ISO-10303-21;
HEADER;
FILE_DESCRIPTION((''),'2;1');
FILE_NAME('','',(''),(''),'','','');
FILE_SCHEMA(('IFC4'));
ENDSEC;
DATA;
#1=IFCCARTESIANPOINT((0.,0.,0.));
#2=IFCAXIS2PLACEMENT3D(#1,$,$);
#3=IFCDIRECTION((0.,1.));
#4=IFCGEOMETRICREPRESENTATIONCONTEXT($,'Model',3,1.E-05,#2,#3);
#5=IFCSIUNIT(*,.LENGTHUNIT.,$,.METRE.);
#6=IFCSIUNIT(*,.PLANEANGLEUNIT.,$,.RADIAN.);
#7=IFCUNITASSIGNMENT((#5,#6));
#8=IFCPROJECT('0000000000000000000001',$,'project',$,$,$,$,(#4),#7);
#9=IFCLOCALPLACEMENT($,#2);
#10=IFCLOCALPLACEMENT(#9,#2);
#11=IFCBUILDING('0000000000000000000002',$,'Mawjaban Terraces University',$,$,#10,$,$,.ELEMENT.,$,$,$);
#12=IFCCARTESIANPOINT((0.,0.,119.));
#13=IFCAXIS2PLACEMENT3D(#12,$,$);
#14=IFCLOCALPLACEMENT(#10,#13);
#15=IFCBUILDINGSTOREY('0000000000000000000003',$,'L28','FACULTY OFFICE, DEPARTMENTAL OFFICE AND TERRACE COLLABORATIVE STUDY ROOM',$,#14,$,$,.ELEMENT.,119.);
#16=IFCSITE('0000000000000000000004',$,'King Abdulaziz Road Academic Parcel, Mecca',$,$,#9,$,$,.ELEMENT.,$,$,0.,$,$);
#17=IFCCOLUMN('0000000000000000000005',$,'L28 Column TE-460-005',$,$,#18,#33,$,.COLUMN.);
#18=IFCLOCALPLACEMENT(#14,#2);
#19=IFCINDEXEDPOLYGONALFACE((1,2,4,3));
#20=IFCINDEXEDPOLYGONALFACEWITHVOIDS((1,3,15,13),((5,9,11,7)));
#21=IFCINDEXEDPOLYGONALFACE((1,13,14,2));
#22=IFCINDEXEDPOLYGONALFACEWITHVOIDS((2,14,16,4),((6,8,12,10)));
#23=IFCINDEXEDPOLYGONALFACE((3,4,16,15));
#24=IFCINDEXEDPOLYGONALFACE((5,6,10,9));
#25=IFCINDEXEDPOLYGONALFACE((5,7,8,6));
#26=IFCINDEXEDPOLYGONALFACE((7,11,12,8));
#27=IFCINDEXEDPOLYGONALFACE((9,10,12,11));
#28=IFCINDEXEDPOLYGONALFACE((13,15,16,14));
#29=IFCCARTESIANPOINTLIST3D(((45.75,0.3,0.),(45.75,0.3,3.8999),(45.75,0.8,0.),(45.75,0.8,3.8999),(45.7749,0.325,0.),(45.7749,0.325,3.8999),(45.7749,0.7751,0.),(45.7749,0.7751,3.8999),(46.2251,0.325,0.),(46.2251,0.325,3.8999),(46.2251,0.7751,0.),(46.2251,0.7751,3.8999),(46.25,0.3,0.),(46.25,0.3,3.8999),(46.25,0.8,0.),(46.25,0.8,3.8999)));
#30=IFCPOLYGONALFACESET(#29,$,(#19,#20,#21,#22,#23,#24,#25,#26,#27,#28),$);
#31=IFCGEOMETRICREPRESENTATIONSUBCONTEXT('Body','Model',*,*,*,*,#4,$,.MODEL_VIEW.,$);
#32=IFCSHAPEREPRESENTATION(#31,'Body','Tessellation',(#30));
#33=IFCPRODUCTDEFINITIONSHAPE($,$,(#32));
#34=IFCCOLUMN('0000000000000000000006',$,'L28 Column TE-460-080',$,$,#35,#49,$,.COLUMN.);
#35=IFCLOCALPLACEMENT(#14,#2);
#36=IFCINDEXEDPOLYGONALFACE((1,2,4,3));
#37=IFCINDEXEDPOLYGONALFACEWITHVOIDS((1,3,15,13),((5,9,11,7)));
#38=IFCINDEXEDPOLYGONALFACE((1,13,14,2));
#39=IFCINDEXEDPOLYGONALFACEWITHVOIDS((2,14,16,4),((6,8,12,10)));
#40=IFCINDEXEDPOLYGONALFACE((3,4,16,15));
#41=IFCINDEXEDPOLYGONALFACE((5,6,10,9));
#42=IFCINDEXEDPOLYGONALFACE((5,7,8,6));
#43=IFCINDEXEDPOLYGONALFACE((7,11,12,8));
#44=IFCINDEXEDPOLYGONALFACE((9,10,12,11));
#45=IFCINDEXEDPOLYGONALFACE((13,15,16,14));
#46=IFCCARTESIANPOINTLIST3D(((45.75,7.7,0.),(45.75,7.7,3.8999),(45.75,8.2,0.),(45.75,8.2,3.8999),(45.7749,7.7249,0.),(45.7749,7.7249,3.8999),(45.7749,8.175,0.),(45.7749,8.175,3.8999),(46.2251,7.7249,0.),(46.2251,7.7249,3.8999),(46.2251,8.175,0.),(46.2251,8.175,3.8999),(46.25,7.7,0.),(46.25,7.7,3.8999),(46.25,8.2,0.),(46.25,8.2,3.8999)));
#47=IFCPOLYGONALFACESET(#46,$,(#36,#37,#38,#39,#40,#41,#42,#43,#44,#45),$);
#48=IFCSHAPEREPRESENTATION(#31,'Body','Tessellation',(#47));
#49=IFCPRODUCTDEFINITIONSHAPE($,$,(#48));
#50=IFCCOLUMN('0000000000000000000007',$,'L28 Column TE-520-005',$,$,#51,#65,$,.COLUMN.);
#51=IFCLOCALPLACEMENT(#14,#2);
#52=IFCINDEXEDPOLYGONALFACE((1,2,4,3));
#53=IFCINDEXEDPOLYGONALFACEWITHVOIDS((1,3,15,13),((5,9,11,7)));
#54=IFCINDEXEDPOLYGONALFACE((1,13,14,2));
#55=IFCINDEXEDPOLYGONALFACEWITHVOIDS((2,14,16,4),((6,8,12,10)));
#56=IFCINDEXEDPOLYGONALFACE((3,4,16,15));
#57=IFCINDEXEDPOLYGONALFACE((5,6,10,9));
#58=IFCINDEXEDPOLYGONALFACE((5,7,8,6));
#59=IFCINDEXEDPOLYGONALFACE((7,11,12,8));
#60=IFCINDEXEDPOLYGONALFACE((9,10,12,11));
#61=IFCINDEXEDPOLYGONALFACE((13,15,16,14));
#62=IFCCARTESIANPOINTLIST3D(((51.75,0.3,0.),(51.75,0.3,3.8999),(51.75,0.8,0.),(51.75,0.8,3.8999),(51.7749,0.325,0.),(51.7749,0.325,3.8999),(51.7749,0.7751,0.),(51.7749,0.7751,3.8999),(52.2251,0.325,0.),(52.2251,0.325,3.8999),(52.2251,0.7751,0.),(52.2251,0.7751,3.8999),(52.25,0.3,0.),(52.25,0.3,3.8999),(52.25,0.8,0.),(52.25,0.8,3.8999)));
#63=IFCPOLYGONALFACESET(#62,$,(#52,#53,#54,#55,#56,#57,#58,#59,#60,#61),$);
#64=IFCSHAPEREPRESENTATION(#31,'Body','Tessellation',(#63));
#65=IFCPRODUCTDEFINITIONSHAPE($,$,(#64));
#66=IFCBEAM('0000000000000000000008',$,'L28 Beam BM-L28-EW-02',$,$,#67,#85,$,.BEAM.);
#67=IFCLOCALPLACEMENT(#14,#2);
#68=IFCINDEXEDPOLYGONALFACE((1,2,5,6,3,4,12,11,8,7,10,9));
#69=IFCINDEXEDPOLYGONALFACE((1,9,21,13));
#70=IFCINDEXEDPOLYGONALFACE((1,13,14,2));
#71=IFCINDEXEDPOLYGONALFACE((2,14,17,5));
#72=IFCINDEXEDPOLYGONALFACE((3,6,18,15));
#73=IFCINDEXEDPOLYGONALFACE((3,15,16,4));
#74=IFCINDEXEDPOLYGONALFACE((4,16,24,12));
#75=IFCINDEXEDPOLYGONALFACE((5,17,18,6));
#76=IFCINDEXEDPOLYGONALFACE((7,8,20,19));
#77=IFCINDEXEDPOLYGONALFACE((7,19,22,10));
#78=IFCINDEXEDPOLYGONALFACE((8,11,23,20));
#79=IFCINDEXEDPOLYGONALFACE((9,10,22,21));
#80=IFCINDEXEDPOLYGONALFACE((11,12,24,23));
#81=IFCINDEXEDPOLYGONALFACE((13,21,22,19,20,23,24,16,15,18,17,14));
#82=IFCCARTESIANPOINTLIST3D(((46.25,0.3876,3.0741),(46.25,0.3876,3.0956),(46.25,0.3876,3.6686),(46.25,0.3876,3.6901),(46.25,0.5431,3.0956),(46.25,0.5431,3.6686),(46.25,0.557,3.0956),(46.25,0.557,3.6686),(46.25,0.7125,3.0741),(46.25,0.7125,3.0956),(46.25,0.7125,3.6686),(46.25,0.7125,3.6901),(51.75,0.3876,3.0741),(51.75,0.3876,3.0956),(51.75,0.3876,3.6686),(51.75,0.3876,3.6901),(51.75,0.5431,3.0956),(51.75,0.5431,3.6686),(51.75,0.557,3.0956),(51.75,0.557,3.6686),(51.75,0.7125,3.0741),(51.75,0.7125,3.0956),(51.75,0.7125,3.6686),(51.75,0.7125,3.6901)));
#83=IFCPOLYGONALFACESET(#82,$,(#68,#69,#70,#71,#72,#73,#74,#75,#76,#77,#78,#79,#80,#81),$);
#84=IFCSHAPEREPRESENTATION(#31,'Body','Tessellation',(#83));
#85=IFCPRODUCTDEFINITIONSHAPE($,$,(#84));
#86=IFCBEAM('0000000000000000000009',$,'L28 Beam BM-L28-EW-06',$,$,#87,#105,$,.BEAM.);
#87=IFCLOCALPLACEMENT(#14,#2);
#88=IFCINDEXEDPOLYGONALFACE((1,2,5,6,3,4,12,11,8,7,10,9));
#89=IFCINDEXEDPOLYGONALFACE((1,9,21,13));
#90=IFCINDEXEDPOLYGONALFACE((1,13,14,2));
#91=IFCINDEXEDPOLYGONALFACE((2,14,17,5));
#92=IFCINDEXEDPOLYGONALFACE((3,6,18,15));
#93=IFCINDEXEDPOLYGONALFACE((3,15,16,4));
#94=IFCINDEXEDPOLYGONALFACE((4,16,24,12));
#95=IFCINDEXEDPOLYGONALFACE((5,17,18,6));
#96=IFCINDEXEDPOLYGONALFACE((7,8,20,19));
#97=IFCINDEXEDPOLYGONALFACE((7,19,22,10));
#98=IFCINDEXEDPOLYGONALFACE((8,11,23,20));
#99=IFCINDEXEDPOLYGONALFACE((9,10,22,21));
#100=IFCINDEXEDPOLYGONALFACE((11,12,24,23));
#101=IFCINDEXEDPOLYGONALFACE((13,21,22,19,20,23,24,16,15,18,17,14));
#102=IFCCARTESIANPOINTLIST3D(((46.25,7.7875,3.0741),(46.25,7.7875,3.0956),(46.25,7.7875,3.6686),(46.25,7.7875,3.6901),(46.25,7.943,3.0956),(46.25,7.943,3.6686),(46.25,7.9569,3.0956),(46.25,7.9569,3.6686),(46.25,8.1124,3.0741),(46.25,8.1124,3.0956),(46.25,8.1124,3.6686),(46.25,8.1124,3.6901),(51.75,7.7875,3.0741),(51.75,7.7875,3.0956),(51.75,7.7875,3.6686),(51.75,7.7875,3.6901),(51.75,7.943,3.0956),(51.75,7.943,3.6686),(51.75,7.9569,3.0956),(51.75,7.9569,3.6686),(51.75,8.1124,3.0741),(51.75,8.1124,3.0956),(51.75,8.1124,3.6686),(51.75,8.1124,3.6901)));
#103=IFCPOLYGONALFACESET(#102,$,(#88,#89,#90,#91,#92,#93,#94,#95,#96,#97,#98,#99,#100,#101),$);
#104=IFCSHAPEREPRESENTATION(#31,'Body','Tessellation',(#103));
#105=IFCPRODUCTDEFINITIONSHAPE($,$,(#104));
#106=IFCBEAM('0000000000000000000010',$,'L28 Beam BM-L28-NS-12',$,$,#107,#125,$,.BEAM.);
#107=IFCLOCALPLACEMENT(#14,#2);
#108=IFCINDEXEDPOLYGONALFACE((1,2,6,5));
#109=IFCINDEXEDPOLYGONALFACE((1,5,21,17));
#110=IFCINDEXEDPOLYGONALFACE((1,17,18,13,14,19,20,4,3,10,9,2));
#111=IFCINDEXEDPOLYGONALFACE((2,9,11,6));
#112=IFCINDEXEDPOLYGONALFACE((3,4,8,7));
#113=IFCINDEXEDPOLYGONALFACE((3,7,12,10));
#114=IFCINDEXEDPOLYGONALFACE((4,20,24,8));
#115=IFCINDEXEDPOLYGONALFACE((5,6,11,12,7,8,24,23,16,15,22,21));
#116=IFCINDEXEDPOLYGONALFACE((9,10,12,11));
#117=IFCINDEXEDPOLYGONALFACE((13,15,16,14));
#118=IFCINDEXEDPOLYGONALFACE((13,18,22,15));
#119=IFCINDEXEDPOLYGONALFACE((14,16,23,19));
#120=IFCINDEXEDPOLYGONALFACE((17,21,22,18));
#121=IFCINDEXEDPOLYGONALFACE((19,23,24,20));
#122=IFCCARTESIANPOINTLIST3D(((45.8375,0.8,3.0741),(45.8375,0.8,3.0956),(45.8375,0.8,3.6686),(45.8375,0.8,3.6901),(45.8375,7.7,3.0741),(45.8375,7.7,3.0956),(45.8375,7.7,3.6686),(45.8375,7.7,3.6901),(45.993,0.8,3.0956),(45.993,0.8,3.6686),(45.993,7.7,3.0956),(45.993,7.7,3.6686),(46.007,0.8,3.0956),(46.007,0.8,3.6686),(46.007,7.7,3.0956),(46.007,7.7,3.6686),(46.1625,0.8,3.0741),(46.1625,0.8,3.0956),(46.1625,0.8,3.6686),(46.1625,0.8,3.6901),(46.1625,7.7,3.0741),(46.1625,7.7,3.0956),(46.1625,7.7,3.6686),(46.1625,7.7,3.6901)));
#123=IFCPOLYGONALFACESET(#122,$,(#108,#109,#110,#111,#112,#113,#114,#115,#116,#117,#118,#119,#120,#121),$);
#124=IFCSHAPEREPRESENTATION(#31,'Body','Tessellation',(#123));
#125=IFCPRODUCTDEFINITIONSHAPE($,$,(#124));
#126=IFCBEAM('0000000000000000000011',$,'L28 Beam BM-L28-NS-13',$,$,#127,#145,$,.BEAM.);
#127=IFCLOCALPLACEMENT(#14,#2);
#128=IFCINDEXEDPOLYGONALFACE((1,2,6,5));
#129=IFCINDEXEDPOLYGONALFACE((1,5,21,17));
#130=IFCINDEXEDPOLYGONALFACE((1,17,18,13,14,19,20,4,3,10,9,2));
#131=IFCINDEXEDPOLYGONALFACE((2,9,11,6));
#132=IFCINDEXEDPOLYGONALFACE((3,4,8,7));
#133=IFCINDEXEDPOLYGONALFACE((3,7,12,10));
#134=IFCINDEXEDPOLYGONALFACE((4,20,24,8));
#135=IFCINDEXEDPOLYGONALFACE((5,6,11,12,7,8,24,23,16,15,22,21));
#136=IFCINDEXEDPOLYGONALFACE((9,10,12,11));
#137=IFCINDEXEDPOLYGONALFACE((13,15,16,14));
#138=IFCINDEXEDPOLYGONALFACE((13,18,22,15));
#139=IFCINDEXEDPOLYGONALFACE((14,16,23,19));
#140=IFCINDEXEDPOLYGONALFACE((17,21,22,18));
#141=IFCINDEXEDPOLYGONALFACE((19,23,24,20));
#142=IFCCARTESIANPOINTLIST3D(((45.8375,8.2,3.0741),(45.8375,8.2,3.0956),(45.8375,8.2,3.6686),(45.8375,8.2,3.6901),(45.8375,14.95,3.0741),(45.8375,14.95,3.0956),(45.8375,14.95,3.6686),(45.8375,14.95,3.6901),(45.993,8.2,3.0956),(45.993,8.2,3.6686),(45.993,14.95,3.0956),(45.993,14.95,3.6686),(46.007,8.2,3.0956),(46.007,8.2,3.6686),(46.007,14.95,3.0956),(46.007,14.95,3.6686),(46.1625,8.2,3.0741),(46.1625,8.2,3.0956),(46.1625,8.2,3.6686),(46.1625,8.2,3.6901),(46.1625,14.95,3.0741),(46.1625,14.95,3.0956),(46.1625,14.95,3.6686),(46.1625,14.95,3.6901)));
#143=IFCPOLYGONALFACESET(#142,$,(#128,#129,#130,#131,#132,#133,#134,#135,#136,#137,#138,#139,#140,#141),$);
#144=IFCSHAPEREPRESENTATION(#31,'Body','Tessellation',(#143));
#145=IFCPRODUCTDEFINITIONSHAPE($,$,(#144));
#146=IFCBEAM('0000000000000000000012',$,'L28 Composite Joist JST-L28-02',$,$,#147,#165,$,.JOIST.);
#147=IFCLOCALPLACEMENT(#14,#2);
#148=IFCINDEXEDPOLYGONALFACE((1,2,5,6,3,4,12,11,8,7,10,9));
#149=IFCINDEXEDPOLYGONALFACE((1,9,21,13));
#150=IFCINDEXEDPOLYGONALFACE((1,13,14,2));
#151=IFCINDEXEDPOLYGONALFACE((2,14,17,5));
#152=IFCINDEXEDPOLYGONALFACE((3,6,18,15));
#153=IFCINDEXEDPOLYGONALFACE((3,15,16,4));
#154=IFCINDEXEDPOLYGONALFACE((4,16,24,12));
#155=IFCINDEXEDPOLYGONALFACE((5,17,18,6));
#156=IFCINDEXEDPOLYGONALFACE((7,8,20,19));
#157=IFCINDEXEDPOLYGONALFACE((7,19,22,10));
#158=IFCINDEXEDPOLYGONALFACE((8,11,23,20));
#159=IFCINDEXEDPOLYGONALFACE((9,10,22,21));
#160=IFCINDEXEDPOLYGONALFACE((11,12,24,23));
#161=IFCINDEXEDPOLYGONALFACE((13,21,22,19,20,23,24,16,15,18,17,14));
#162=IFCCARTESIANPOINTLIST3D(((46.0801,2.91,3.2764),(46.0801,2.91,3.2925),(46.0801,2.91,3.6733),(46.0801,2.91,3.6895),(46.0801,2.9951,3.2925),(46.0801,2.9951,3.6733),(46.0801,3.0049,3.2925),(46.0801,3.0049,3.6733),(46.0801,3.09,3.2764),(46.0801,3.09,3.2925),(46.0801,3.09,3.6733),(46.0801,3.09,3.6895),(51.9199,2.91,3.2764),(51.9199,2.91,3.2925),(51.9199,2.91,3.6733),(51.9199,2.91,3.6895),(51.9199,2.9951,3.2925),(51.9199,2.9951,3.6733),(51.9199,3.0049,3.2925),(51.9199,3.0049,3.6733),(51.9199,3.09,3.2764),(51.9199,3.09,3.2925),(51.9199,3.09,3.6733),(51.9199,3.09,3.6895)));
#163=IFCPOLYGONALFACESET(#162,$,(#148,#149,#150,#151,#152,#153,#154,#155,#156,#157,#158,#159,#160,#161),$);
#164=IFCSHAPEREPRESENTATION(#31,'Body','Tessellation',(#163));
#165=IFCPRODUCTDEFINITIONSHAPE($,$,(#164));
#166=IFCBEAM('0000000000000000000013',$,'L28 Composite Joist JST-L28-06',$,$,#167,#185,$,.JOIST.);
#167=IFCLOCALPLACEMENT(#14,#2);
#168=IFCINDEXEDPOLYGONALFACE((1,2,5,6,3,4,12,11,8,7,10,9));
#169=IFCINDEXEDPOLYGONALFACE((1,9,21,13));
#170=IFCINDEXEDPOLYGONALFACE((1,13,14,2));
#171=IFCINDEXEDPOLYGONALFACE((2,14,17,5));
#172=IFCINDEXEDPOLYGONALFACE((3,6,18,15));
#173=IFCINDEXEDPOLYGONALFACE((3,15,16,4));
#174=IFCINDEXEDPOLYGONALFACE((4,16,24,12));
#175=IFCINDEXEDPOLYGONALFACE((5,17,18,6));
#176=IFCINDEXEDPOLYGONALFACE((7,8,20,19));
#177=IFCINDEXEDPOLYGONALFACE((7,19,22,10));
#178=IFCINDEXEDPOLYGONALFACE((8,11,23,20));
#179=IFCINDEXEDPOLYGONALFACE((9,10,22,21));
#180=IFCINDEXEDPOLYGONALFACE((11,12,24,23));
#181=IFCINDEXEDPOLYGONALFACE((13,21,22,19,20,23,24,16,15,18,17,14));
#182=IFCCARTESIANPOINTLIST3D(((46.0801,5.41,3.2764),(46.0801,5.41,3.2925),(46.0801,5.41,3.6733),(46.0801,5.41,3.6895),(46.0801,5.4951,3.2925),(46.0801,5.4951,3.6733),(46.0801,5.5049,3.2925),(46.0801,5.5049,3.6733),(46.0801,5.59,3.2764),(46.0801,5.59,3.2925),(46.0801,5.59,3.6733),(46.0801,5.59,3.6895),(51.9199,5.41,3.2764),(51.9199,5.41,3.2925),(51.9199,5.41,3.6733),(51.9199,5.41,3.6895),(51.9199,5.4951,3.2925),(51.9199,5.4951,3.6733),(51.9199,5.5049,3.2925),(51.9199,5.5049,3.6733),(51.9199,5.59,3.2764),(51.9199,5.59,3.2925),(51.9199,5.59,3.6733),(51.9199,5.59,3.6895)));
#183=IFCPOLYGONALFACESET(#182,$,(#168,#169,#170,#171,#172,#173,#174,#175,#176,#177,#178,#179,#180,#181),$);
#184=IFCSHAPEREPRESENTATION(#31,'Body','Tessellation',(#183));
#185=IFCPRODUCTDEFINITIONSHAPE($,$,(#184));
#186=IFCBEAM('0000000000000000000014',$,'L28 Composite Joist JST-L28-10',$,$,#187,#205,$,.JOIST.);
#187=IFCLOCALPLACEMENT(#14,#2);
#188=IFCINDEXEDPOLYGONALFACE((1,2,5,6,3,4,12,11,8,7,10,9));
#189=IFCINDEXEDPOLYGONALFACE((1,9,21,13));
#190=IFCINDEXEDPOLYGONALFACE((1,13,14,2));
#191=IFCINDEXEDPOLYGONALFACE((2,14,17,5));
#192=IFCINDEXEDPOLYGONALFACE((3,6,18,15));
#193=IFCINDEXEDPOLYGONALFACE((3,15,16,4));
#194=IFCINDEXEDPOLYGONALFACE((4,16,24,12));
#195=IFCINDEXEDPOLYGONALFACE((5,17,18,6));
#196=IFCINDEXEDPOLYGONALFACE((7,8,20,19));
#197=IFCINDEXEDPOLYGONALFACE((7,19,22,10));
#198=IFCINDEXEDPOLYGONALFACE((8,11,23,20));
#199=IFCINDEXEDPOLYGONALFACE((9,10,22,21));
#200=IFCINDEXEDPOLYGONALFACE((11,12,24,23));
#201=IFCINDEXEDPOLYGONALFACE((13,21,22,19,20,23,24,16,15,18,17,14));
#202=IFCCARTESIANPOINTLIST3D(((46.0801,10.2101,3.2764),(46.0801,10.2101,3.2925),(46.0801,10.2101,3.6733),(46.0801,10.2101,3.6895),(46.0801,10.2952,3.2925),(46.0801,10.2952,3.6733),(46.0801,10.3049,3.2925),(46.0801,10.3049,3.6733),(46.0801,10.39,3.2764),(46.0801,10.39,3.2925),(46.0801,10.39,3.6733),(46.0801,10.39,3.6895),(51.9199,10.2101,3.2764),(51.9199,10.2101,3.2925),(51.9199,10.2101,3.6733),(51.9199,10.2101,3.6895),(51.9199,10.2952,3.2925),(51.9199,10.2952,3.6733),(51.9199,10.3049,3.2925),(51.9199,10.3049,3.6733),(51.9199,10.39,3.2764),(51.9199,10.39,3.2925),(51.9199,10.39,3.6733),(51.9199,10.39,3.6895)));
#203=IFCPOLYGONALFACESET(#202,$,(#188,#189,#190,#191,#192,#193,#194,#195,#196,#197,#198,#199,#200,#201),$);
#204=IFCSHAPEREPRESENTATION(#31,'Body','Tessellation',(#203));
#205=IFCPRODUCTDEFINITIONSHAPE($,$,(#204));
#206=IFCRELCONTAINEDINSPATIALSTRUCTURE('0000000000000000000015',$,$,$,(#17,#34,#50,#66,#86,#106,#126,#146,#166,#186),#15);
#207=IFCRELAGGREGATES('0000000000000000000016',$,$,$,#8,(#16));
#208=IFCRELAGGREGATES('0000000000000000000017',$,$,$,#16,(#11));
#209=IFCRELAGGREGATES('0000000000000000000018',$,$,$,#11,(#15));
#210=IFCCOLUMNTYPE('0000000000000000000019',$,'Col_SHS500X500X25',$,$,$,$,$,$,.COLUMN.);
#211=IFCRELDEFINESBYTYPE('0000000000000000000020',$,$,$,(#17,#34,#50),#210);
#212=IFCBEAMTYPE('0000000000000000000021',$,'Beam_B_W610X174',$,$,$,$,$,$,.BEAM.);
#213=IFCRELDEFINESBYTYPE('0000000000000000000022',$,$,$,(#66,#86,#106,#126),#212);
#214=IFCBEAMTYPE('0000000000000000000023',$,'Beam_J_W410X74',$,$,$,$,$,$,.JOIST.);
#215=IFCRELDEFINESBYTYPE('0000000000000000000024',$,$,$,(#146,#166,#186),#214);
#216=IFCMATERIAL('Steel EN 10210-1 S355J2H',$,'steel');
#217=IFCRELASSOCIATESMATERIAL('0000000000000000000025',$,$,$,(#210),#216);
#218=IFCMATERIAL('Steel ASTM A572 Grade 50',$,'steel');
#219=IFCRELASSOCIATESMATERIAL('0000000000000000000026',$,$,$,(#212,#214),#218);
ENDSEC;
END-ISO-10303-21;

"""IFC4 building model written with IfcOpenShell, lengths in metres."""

from ifc_helpers import new_model, si_unit, direction, frame, origin, origin_2d, place, context, subcontext, project, spatial, hollow_rectangle, i_section, extrude, material, material_profile, profile_set, type_object, element, save


model = new_model("IFC4")

# Units and contexts
model_context = context("Model", 3, precision=1e-05, world=origin(), true_north=direction((0.0, 1.0)))
body_context = subcontext(model_context, "Body", "Model", "MODEL_VIEW")
ifc_project = project(units=[si_unit("LENGTHUNIT", "METRE"), si_unit("PLANEANGLEUNIT", "RADIAN")], contexts=[model_context])

# Site, building, storey
site_placement = place(None, origin())
site = spatial("IfcSite", under=ifc_project, at=site_placement, Name="King Abdulaziz Road Academic Parcel, Mecca", CompositionType="ELEMENT", RefElevation=0.0)
building_placement = place(site_placement, origin())
building = spatial("IfcBuilding", under=site, at=building_placement, Name="Mawjaban Terraces University", CompositionType="ELEMENT")
storey_placement = place(building_placement, frame((0.0, 0.0, 119.0)))
storey = spatial("IfcBuildingStorey", under=building, at=storey_placement, Name="L28", Description="FACULTY OFFICE, DEPARTMENTAL OFFICE AND TERRACE COLLABORATIVE STUDY ROOM", CompositionType="ELEMENT", Elevation=119.0)

# Columns
ifc_material_1 = material(Name="Steel EN 10210-1 S355J2H", Category="steel")
ifc_material_profile_1 = material_profile(ifc_material_1, hollow_rectangle(XDim=0.5, YDim=0.5, WallThickness=0.0249, at=origin_2d()), Name="SHS500X500X25")
ifc_profile_set_1 = profile_set([ifc_material_profile_1], Name="Steel EN 10210-1 S355J2H")
column_type = type_object("IfcColumnType", Name="Col_SHS500X500X25", PredefinedType="COLUMN", material=ifc_profile_set_1)
for number, where, z_axis, x_axis, name in (
    (1, (46.0, 0.55, 0.0), (0.0, 0.0, 1.0), (1.0, 0.0, 0.0), "L28 Column TE-460-005"),
    (2, (46.0, 7.95, 0.0), (0.0, 0.0, 1.0), (1.0, 0.0, 0.0), "L28 Column TE-460-080"),
    (3, (52.0, 0.55, 0.0), (0.0, 0.0, 1.0), (1.0, 0.0, 0.0), "L28 Column TE-520-005"),
):
    element("IfcColumn", number, at=place(storey_placement, frame(where, z_axis=z_axis, x_axis=x_axis)), inside=storey, type_object=column_type, Name=name, PredefinedType="COLUMN", context=body_context, shape_type="SweptSolid", body=[
        extrude(hollow_rectangle(XDim=0.5, YDim=0.5, WallThickness=0.0249, at=origin_2d()), origin(), (0.0, 0.0, 1.0), 3.8999),
    ])

# Beams
ifc_material_2 = material(Name="Steel ASTM A572 Grade 50", Category="steel")
ifc_material_profile_2 = material_profile(ifc_material_2, i_section(OverallWidth=0.325, OverallDepth=0.616, WebThickness=0.0139, FlangeThickness=0.0215, at=origin_2d()), Name="W610X174")
ifc_profile_set_2 = profile_set([ifc_material_profile_2], Name="Steel ASTM A572 Grade 50")
beam_type_1 = type_object("IfcBeamType", Name="Beam_B_W610X174", PredefinedType="BEAM", material=ifc_profile_set_2)
for number, where, z_axis, x_axis, name in (
    (4, (46.25, 0.55, 3.3821), (1.0, 0.0, 0.0), (0.0, 1.0, 0.0), "L28 Beam BM-L28-EW-02"),
    (5, (46.25, 7.95, 3.3821), (1.0, 0.0, 0.0), (0.0, 1.0, 0.0), "L28 Beam BM-L28-EW-06"),
):
    element("IfcBeam", number, at=place(storey_placement, frame(where, z_axis=z_axis, x_axis=x_axis)), inside=storey, type_object=beam_type_1, Name=name, PredefinedType="BEAM", context=body_context, shape_type="SweptSolid", body=[
        extrude(i_section(OverallWidth=0.325, OverallDepth=0.616, WebThickness=0.0139, FlangeThickness=0.0215, at=origin_2d()), origin(), (0.0, 0.0, 1.0), 5.5),
    ])
beam_1_placement = place(storey_placement, frame((46.0, 0.8, 3.3821), z_axis=(0.0, 1.0, 0.0), x_axis=(-1.0, 0.0, 0.0)))
element("IfcBeam", 6, at=beam_1_placement, inside=storey, type_object=beam_type_1, Name="L28 Beam BM-L28-NS-12", PredefinedType="BEAM", context=body_context, shape_type="SweptSolid", body=[
    extrude(i_section(OverallWidth=0.325, OverallDepth=0.616, WebThickness=0.0139, FlangeThickness=0.0215, at=origin_2d()), origin(), (0.0, 0.0, 1.0), 6.8999),
])
beam_2_placement = place(storey_placement, frame((46.0, 8.2, 3.3821), z_axis=(0.0, 1.0, 0.0), x_axis=(-1.0, 0.0, 0.0)))
element("IfcBeam", 7, at=beam_2_placement, inside=storey, type_object=beam_type_1, Name="L28 Beam BM-L28-NS-13", PredefinedType="BEAM", context=body_context, shape_type="SweptSolid", body=[
    extrude(i_section(OverallWidth=0.325, OverallDepth=0.616, WebThickness=0.0139, FlangeThickness=0.0215, at=origin_2d()), origin(), (0.0, 0.0, 1.0), 6.75),
])
ifc_material_profile_3 = material_profile(ifc_material_2, i_section(OverallWidth=0.1799, OverallDepth=0.4131, WebThickness=0.0098, FlangeThickness=0.0161, at=origin_2d()), Name="W410X74")
ifc_profile_set_3 = profile_set([ifc_material_profile_3], Name="Steel ASTM A572 Grade 50")
beam_type_2 = type_object("IfcBeamType", Name="Beam_J_W410X74", PredefinedType="JOIST", material=ifc_profile_set_3)
for number, where, z_axis, x_axis, name in (
    (8, (46.0801, 3.0, 3.4829), (1.0, 0.0, 0.0), (0.0, 1.0, 0.0), "L28 Composite Joist JST-L28-02"),
    (9, (46.0801, 5.5, 3.4829), (1.0, 0.0, 0.0), (0.0, 1.0, 0.0), "L28 Composite Joist JST-L28-06"),
    (10, (46.0801, 10.3, 3.4829), (1.0, 0.0, 0.0), (0.0, 1.0, 0.0), "L28 Composite Joist JST-L28-10"),
):
    element("IfcBeam", number, at=place(storey_placement, frame(where, z_axis=z_axis, x_axis=x_axis)), inside=storey, type_object=beam_type_2, Name=name, PredefinedType="JOIST", context=body_context, shape_type="SweptSolid", body=[
        extrude(i_section(OverallWidth=0.1799, OverallDepth=0.4131, WebThickness=0.0098, FlangeThickness=0.0161, at=origin_2d()), origin(), (0.0, 0.0, 1.0), 5.8398),
    ])

save(model, "model.ifc")
